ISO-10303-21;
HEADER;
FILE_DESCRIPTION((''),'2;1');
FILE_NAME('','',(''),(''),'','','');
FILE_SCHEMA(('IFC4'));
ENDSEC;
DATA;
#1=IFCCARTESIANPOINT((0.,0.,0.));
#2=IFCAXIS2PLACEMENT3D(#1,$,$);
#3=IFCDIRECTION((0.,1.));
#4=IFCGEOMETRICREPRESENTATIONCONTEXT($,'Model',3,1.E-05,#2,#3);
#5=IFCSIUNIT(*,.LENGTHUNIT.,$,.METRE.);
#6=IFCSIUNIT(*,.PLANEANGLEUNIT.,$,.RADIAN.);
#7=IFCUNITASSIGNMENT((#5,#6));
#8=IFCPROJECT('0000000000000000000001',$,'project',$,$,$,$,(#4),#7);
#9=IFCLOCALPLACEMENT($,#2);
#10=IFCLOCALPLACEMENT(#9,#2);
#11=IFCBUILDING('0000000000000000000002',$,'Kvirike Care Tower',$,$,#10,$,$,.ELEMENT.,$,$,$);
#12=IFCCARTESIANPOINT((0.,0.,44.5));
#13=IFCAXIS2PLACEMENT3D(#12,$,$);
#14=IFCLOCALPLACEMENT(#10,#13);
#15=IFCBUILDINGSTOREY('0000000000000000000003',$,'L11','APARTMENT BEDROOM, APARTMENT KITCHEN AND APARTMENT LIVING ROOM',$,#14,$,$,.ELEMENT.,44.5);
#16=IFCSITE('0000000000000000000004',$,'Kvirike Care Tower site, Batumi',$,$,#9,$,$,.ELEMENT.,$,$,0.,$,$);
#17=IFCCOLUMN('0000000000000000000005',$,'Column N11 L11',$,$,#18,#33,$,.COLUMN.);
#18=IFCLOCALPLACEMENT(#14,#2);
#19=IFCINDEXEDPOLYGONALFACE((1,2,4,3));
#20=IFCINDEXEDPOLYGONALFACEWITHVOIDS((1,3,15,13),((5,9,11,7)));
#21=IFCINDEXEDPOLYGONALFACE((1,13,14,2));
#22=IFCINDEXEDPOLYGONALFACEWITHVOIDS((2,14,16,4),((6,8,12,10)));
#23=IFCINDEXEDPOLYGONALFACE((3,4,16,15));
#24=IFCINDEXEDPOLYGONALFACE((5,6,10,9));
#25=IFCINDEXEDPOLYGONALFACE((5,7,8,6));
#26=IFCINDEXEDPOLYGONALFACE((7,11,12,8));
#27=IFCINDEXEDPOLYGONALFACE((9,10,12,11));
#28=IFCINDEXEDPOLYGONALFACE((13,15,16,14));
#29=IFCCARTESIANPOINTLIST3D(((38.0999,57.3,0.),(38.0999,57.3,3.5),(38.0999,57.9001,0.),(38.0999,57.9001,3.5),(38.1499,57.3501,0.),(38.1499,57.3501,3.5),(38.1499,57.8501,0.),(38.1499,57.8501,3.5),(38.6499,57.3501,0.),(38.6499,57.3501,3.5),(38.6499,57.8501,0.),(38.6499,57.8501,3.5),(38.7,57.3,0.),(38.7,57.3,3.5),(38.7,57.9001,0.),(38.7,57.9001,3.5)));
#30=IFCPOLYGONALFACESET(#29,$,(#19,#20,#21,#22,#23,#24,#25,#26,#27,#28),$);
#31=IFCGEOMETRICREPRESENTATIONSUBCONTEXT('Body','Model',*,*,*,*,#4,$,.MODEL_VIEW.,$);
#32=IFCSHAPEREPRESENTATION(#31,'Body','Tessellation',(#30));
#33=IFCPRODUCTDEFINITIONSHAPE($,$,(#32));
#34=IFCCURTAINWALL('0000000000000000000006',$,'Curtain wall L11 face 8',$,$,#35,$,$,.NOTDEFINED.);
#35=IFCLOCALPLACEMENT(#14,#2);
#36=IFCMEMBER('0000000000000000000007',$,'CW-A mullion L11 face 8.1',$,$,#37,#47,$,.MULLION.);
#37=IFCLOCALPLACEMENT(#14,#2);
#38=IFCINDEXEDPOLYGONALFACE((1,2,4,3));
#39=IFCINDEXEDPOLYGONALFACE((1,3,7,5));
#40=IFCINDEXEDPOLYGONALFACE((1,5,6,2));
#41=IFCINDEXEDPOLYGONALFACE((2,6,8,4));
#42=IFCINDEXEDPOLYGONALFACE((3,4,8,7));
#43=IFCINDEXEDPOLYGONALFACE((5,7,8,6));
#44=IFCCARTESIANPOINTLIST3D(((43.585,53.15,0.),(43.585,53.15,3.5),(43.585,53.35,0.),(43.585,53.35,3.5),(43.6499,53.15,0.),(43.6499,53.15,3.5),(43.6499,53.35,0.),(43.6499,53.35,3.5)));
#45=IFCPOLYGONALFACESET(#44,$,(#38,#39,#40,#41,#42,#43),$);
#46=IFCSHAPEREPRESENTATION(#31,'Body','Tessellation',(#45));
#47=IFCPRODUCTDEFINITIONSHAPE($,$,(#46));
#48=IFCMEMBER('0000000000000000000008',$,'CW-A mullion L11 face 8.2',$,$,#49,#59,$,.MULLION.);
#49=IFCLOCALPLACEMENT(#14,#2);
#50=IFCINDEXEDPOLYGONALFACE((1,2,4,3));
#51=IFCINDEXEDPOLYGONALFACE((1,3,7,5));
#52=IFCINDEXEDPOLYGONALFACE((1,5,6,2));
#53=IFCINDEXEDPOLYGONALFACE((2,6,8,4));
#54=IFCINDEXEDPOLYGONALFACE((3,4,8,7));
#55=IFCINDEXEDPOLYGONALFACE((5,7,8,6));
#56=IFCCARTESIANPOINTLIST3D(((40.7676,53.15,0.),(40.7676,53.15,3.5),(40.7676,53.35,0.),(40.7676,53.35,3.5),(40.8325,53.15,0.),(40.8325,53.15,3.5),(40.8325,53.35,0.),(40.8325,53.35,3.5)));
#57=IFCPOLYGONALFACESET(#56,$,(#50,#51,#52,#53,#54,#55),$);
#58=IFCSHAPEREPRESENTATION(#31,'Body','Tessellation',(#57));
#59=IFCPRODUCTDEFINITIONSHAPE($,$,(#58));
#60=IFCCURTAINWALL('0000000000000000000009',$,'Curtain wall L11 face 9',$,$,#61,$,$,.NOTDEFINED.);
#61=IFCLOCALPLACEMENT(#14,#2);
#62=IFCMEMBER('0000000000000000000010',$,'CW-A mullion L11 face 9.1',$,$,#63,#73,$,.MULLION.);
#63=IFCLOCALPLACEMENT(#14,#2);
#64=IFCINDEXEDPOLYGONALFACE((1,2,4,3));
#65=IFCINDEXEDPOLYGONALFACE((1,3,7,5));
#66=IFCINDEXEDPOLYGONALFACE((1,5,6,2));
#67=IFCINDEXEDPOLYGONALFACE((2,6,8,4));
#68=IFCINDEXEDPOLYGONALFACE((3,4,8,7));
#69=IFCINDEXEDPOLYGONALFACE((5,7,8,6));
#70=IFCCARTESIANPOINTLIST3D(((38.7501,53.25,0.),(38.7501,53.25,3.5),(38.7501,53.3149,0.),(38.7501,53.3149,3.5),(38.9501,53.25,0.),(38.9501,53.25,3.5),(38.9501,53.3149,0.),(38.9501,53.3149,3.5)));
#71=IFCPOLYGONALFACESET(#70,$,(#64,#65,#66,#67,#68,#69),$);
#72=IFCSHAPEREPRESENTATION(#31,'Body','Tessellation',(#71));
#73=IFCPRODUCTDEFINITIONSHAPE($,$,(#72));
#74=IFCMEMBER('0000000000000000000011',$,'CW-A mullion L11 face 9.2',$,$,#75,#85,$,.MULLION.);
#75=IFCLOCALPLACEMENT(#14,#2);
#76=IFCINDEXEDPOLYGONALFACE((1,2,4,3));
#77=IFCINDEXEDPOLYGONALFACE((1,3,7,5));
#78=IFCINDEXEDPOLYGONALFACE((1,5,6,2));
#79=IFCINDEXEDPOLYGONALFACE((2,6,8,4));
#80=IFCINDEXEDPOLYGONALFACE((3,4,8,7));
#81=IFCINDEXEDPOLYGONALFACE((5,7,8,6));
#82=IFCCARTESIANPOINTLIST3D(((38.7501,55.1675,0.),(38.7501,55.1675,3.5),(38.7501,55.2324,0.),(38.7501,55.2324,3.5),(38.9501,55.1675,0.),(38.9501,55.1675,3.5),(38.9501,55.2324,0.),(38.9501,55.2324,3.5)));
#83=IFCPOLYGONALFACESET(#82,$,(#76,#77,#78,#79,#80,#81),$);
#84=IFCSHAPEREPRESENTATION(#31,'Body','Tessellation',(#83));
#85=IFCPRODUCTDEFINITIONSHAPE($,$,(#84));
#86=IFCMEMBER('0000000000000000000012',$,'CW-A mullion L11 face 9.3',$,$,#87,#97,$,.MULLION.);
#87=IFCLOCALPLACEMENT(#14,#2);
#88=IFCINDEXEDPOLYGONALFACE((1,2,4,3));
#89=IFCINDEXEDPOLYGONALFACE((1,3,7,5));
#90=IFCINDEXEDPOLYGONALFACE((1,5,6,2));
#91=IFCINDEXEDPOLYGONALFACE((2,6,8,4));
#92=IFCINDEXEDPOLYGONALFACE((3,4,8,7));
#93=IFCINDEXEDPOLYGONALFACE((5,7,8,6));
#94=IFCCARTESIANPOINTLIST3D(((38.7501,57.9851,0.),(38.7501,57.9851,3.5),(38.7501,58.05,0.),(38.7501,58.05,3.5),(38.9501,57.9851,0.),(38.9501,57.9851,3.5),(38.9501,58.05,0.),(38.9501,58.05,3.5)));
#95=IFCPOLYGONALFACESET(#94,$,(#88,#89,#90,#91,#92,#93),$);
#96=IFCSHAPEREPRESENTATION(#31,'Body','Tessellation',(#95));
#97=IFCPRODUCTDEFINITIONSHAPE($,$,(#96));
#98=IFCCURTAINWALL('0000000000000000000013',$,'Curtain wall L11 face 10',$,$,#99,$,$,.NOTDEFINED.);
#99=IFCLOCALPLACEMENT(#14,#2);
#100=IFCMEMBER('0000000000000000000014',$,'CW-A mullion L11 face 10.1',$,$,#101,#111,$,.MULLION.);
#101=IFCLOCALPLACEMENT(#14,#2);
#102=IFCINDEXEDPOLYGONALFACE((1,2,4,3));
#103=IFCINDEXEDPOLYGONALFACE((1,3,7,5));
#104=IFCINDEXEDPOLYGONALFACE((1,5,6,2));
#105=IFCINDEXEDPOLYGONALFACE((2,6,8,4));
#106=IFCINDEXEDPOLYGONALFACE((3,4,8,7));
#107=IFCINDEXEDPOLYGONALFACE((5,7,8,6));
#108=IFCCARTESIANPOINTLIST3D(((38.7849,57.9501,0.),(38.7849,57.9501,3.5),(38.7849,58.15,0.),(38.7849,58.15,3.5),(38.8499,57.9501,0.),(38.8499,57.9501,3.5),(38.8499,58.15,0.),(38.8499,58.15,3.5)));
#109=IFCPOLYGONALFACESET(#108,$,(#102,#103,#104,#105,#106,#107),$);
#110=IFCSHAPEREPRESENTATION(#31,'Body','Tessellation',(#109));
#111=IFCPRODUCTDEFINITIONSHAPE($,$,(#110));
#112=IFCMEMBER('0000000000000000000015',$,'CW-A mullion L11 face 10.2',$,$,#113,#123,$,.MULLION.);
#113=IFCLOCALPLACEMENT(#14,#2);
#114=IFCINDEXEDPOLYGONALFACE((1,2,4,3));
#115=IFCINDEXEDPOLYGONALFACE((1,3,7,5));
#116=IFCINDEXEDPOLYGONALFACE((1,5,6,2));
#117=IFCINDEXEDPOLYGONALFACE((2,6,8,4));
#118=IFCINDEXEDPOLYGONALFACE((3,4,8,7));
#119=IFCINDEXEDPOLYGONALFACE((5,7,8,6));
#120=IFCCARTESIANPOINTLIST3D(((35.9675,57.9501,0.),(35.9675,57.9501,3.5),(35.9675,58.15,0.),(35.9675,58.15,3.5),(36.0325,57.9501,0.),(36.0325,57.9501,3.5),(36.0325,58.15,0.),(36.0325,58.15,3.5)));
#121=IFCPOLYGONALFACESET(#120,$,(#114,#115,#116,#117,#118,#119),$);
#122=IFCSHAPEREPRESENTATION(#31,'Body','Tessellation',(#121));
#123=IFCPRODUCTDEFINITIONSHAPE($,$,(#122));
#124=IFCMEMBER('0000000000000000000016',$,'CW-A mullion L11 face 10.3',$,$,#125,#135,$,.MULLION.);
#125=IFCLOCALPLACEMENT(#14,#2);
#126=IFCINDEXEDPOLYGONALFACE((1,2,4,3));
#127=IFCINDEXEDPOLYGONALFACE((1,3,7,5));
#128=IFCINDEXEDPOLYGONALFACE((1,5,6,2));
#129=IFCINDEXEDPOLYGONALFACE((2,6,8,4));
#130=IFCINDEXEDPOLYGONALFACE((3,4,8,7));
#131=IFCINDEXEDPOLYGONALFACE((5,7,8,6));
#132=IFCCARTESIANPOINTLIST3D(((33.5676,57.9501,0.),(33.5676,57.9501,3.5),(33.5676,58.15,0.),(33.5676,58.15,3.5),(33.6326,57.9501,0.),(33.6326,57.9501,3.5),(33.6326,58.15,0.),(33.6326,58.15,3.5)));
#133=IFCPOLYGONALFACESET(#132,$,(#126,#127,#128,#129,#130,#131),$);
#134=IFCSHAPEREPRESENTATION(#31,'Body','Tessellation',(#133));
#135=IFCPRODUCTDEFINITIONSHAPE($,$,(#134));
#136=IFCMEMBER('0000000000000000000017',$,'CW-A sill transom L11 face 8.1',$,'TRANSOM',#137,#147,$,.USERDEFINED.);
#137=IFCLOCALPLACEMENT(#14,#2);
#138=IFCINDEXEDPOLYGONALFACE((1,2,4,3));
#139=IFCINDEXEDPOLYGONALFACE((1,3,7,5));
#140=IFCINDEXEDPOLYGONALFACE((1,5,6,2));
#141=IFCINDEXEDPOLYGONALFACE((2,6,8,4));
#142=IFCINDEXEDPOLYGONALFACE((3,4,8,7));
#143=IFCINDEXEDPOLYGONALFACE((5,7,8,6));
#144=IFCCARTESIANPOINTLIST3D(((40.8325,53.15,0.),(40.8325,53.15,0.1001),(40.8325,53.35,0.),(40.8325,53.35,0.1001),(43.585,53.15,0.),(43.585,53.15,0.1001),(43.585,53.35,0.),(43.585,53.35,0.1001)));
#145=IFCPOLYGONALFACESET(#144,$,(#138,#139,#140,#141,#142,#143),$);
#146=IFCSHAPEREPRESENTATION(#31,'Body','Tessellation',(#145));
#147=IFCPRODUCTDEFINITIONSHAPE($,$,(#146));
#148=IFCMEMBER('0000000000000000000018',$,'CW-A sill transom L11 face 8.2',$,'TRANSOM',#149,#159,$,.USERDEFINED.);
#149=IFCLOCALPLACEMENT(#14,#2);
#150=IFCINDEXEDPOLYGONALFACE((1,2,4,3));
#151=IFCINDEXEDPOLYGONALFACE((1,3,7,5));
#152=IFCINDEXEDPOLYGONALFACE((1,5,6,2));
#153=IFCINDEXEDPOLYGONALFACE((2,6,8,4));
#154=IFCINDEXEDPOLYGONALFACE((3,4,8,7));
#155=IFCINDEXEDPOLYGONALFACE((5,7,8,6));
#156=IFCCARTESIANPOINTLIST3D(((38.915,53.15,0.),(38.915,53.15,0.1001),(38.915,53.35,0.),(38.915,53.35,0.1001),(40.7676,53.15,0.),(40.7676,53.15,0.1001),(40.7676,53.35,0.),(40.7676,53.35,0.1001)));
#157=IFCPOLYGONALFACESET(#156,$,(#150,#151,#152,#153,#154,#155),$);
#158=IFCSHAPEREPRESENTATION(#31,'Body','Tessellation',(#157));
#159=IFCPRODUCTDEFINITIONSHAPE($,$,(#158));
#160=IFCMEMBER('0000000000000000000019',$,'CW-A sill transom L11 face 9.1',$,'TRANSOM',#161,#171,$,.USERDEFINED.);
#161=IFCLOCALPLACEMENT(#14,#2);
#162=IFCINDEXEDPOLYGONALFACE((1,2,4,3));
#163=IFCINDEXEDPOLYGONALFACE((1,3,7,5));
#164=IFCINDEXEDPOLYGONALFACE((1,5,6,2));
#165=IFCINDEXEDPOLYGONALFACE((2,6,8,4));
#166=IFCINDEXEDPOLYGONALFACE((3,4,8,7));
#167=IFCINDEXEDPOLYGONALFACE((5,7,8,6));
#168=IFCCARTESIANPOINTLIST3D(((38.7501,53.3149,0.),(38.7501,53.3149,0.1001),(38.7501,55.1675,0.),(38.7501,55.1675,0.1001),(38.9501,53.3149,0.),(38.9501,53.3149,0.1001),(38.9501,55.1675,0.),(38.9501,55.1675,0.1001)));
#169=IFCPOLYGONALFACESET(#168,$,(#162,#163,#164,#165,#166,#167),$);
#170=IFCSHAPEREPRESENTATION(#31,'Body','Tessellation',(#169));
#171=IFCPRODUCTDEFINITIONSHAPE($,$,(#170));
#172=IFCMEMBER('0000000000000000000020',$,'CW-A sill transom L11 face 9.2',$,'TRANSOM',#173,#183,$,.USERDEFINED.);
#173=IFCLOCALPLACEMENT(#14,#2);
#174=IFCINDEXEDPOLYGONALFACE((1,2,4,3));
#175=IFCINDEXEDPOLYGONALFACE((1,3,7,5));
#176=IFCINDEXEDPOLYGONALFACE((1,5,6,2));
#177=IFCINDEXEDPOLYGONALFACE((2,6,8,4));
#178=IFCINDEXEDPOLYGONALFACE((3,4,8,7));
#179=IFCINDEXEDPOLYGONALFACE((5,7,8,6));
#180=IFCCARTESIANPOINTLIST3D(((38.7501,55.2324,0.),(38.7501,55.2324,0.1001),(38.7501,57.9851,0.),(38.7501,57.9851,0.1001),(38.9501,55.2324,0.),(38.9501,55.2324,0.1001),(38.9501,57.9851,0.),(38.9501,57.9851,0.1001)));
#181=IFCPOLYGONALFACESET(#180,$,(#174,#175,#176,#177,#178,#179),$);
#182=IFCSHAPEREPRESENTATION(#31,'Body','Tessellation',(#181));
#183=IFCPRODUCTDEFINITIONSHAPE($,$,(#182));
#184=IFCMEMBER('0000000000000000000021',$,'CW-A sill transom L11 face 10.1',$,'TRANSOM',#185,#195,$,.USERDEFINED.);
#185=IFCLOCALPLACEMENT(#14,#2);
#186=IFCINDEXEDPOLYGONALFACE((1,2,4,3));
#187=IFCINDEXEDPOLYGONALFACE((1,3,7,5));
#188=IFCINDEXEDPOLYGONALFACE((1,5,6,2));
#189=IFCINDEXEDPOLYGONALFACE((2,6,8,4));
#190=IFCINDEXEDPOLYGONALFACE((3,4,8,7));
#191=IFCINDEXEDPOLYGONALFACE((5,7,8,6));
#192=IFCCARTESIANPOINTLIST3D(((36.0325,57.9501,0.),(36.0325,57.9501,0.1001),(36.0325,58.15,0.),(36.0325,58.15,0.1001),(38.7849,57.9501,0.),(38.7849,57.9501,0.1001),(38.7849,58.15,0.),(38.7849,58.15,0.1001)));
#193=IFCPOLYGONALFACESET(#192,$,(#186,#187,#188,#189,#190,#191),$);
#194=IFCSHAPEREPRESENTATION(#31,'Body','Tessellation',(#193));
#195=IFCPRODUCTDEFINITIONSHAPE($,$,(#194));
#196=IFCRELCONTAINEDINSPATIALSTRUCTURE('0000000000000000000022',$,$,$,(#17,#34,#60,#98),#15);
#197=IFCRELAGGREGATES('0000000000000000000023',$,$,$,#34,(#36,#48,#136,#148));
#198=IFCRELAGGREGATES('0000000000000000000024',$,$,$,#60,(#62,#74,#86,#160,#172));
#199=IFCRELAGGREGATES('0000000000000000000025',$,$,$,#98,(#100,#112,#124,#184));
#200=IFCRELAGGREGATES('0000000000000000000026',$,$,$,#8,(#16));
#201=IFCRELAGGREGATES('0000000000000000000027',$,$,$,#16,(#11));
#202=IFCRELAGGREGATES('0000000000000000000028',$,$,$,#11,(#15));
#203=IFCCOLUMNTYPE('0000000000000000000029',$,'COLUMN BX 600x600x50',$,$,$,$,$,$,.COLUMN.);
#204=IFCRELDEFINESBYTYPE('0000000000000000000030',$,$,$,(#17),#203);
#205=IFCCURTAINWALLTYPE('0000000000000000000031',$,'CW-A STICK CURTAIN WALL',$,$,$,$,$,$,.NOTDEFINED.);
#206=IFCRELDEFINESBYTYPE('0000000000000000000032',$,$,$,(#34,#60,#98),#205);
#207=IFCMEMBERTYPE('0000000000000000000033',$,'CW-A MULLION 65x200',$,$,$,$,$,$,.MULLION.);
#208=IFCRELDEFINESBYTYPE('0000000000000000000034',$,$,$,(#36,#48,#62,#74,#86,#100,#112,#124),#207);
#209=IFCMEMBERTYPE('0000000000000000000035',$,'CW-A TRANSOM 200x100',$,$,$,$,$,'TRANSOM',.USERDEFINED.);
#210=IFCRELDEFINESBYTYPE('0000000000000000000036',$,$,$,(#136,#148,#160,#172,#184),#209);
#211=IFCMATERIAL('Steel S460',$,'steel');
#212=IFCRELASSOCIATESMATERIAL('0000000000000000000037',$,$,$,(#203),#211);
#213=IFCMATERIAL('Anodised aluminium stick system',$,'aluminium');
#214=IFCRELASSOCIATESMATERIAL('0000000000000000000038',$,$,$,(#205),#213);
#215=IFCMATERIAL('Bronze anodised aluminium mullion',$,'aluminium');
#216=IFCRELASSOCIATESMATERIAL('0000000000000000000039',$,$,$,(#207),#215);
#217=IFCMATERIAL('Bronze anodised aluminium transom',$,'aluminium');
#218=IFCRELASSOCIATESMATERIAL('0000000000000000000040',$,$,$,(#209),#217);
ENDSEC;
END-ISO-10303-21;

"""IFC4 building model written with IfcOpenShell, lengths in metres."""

from ifc_helpers import new_model, si_unit, direction, frame, origin, origin_2d, place, context, subcontext, project, spatial, rectangle, hollow_rectangle, extrude, material, material_profile, profile_set, type_object, element, aggregate, save


model = new_model("IFC4")

# Units and contexts
model_context = context("Model", 3, precision=1e-05, world=origin(), true_north=direction((0.0, 1.0)))
body_context = subcontext(model_context, "Body", "Model", "MODEL_VIEW")
ifc_project = project(units=[si_unit("LENGTHUNIT", "METRE"), si_unit("PLANEANGLEUNIT", "RADIAN")], contexts=[model_context])

# Site, building, storey
site_placement = place(None, origin())
site = spatial("IfcSite", under=ifc_project, at=site_placement, Name="Kvirike Care Tower site, Batumi", CompositionType="ELEMENT", RefElevation=0.0)
building_placement = place(site_placement, origin())
building = spatial("IfcBuilding", under=site, at=building_placement, Name="Kvirike Care Tower", CompositionType="ELEMENT")
storey_placement = place(building_placement, frame((0.0, 0.0, 44.5)))
storey = spatial("IfcBuildingStorey", under=building, at=storey_placement, Name="L11", Description="APARTMENT BEDROOM, APARTMENT KITCHEN AND APARTMENT LIVING ROOM", CompositionType="ELEMENT", Elevation=44.5)

# Column
ifc_material_1 = material(Name="Steel S460", Category="steel")
ifc_material_profile_1 = material_profile(ifc_material_1, hollow_rectangle(XDim=0.6001, YDim=0.6001, WallThickness=0.05, at=origin_2d()), Name="BX 600x600x50")
ifc_profile_set_1 = profile_set([ifc_material_profile_1], Name="Steel S460")
column_type = type_object("IfcColumnType", Name="COLUMN BX 600x600x50", PredefinedType="COLUMN", material=ifc_profile_set_1)
column_placement = place(storey_placement, frame((38.3999, 57.6001, 0.0), z_axis=(0.0, 0.0, 1.0), x_axis=(0.0, 1.0, 0.0)))
element("IfcColumn", 1, at=column_placement, inside=storey, type_object=column_type, Name="Column N11 L11", PredefinedType="COLUMN", context=body_context, shape_type="SweptSolid", body=[
    extrude(hollow_rectangle(XDim=0.6001, YDim=0.6001, WallThickness=0.05, at=origin_2d()), origin(), (0.0, 0.0, 1.0), 3.5),
])

# Curtain walls, members
ifc_material_2 = material(Name="Anodised aluminium stick system", Category="aluminium")
curtain_wall_type = type_object("IfcCurtainWallType", Name="CW-A STICK CURTAIN WALL", PredefinedType="NOTDEFINED", material=ifc_material_2)
curtain_wall_1_placement = place(storey_placement, origin())
curtain_wall_1 = element("IfcCurtainWall", 2, at=curtain_wall_1_placement, inside=storey, type_object=curtain_wall_type, Name="Curtain wall L11 face 8", PredefinedType="NOTDEFINED")
ifc_material_3 = material(Name="Bronze anodised aluminium mullion", Category="aluminium")
ifc_material_profile_2 = material_profile(ifc_material_3, rectangle(XDim=0.0649, YDim=0.2, at=origin_2d()), Name="CW-A MULLION 65x200")
ifc_profile_set_2 = profile_set([ifc_material_profile_2], Name="Bronze anodised aluminium mullion")
member_type_1 = type_object("IfcMemberType", Name="CW-A MULLION 65x200", PredefinedType="MULLION", material=ifc_profile_set_2)
member_1_placement = place(storey_placement, frame((43.6174, 53.25, 0.0), z_axis=(0.0, 0.0, 1.0), x_axis=(-1.0, 0.0, 0.0)))
member_1 = element("IfcMember", 3, at=member_1_placement, type_object=member_type_1, Name="CW-A mullion L11 face 8.1", PredefinedType="MULLION", context=body_context, shape_type="SweptSolid", body=[
    extrude(rectangle(XDim=0.0649, YDim=0.2, at=origin_2d()), origin(), (0.0, 0.0, 1.0), 3.5),
])
member_2_placement = place(storey_placement, frame((40.8, 53.25, 0.0), z_axis=(0.0, 0.0, 1.0), x_axis=(-1.0, 0.0, 0.0)))
member_2 = element("IfcMember", 4, at=member_2_placement, type_object=member_type_1, Name="CW-A mullion L11 face 8.2", PredefinedType="MULLION", context=body_context, shape_type="SweptSolid", body=[
    extrude(rectangle(XDim=0.0649, YDim=0.2, at=origin_2d()), origin(), (0.0, 0.0, 1.0), 3.5),
])
curtain_wall_2_placement = place(storey_placement, origin())
curtain_wall_2 = element("IfcCurtainWall", 5, at=curtain_wall_2_placement, inside=storey, type_object=curtain_wall_type, Name="Curtain wall L11 face 9", PredefinedType="NOTDEFINED")
member_3_placement = place(storey_placement, frame((38.8501, 53.2825, 0.0), z_axis=(0.0, 0.0, 1.0), x_axis=(0.0, 1.0, 0.0)))
member_3 = element("IfcMember", 6, at=member_3_placement, type_object=member_type_1, Name="CW-A mullion L11 face 9.1", PredefinedType="MULLION", context=body_context, shape_type="SweptSolid", body=[
    extrude(rectangle(XDim=0.0649, YDim=0.2, at=origin_2d()), origin(), (0.0, 0.0, 1.0), 3.5),
])
member_4_placement = place(storey_placement, frame((38.8501, 55.2, 0.0), z_axis=(0.0, 0.0, 1.0), x_axis=(0.0, 1.0, 0.0)))
member_4 = element("IfcMember", 7, at=member_4_placement, type_object=member_type_1, Name="CW-A mullion L11 face 9.2", PredefinedType="MULLION", context=body_context, shape_type="SweptSolid", body=[
    extrude(rectangle(XDim=0.0649, YDim=0.2, at=origin_2d()), origin(), (0.0, 0.0, 1.0), 3.5),
])
member_5_placement = place(storey_placement, frame((38.8501, 58.0176, 0.0), z_axis=(0.0, 0.0, 1.0), x_axis=(0.0, 1.0, 0.0)))
member_5 = element("IfcMember", 8, at=member_5_placement, type_object=member_type_1, Name="CW-A mullion L11 face 9.3", PredefinedType="MULLION", context=body_context, shape_type="SweptSolid", body=[
    extrude(rectangle(XDim=0.0649, YDim=0.2, at=origin_2d()), origin(), (0.0, 0.0, 1.0), 3.5),
])
curtain_wall_3_placement = place(storey_placement, origin())
curtain_wall_3 = element("IfcCurtainWall", 9, at=curtain_wall_3_placement, inside=storey, type_object=curtain_wall_type, Name="Curtain wall L11 face 10", PredefinedType="NOTDEFINED")
member_6_placement = place(storey_placement, frame((38.8174, 58.05, 0.0), z_axis=(0.0, 0.0, 1.0), x_axis=(-1.0, 0.0, 0.0)))
member_6 = element("IfcMember", 10, at=member_6_placement, type_object=member_type_1, Name="CW-A mullion L11 face 10.1", PredefinedType="MULLION", context=body_context, shape_type="SweptSolid", body=[
    extrude(rectangle(XDim=0.0649, YDim=0.2, at=origin_2d()), origin(), (0.0, 0.0, 1.0), 3.5),
])
member_7_placement = place(storey_placement, frame((36.0, 58.05, 0.0), z_axis=(0.0, 0.0, 1.0), x_axis=(-1.0, 0.0, 0.0)))
member_7 = element("IfcMember", 11, at=member_7_placement, type_object=member_type_1, Name="CW-A mullion L11 face 10.2", PredefinedType="MULLION", context=body_context, shape_type="SweptSolid", body=[
    extrude(rectangle(XDim=0.0649, YDim=0.2, at=origin_2d()), origin(), (0.0, 0.0, 1.0), 3.5),
])
member_8_placement = place(storey_placement, frame((33.6001, 58.05, 0.0), z_axis=(0.0, 0.0, 1.0), x_axis=(-1.0, 0.0, 0.0)))
member_8 = element("IfcMember", 12, at=member_8_placement, type_object=member_type_1, Name="CW-A mullion L11 face 10.3", PredefinedType="MULLION", context=body_context, shape_type="SweptSolid", body=[
    extrude(rectangle(XDim=0.0649, YDim=0.2, at=origin_2d()), origin(), (0.0, 0.0, 1.0), 3.5),
])

# Members
ifc_material_4 = material(Name="Bronze anodised aluminium transom", Category="aluminium")
ifc_material_profile_3 = material_profile(ifc_material_4, rectangle(XDim=0.2, YDim=0.1001, at=origin_2d()), Name="CW-A TRANSOM 200x100")
ifc_profile_set_3 = profile_set([ifc_material_profile_3], Name="Bronze anodised aluminium transom")
member_type_2 = type_object("IfcMemberType", Name="CW-A TRANSOM 200x100", ElementType="TRANSOM", PredefinedType="USERDEFINED", material=ifc_profile_set_3)
member_9_placement = place(storey_placement, frame((43.585, 53.25, 0.05), z_axis=(-1.0, 0.0, 0.0), x_axis=(0.0, -1.0, 0.0)))
member_9 = element("IfcMember", 13, at=member_9_placement, type_object=member_type_2, Name="CW-A sill transom L11 face 8.1", ObjectType="TRANSOM", PredefinedType="USERDEFINED", context=body_context, shape_type="SweptSolid", body=[
    extrude(rectangle(XDim=0.2, YDim=0.1001, at=origin_2d()), origin(), (0.0, 0.0, 1.0), 2.7524),
])
member_10_placement = place(storey_placement, frame((40.7676, 53.25, 0.05), z_axis=(-1.0, 0.0, 0.0), x_axis=(0.0, -1.0, 0.0)))
member_10 = element("IfcMember", 14, at=member_10_placement, type_object=member_type_2, Name="CW-A sill transom L11 face 8.2", ObjectType="TRANSOM", PredefinedType="USERDEFINED", context=body_context, shape_type="SweptSolid", body=[
    extrude(rectangle(XDim=0.2, YDim=0.1001, at=origin_2d()), origin(), (0.0, 0.0, 1.0), 1.8525),
])
member_11_placement = place(storey_placement, frame((38.8501, 53.3149, 0.05), z_axis=(0.0, 1.0, 0.0), x_axis=(-1.0, 0.0, 0.0)))
member_11 = element("IfcMember", 15, at=member_11_placement, type_object=member_type_2, Name="CW-A sill transom L11 face 9.1", ObjectType="TRANSOM", PredefinedType="USERDEFINED", context=body_context, shape_type="SweptSolid", body=[
    extrude(rectangle(XDim=0.2, YDim=0.1001, at=origin_2d()), origin(), (0.0, 0.0, 1.0), 1.8525),
])
member_12_placement = place(storey_placement, frame((38.8501, 55.2324, 0.05), z_axis=(0.0, 1.0, 0.0), x_axis=(-1.0, 0.0, 0.0)))
member_12 = element("IfcMember", 16, at=member_12_placement, type_object=member_type_2, Name="CW-A sill transom L11 face 9.2", ObjectType="TRANSOM", PredefinedType="USERDEFINED", context=body_context, shape_type="SweptSolid", body=[
    extrude(rectangle(XDim=0.2, YDim=0.1001, at=origin_2d()), origin(), (0.0, 0.0, 1.0), 2.7527),
])
member_13_placement = place(storey_placement, frame((38.7849, 58.05, 0.05), z_axis=(-1.0, 0.0, 0.0), x_axis=(0.0, -1.0, 0.0)))
member_13 = element("IfcMember", 17, at=member_13_placement, type_object=member_type_2, Name="CW-A sill transom L11 face 10.1", ObjectType="TRANSOM", PredefinedType="USERDEFINED", context=body_context, shape_type="SweptSolid", body=[
    extrude(rectangle(XDim=0.2, YDim=0.1001, at=origin_2d()), origin(), (0.0, 0.0, 1.0), 2.7524),
])

aggregate(curtain_wall_1, [member_1, member_2, member_9, member_10])
aggregate(curtain_wall_2, [member_3, member_4, member_5, member_11, member_12])
aggregate(curtain_wall_3, [member_6, member_7, member_8, member_13])

save(model, "model.ifc")
